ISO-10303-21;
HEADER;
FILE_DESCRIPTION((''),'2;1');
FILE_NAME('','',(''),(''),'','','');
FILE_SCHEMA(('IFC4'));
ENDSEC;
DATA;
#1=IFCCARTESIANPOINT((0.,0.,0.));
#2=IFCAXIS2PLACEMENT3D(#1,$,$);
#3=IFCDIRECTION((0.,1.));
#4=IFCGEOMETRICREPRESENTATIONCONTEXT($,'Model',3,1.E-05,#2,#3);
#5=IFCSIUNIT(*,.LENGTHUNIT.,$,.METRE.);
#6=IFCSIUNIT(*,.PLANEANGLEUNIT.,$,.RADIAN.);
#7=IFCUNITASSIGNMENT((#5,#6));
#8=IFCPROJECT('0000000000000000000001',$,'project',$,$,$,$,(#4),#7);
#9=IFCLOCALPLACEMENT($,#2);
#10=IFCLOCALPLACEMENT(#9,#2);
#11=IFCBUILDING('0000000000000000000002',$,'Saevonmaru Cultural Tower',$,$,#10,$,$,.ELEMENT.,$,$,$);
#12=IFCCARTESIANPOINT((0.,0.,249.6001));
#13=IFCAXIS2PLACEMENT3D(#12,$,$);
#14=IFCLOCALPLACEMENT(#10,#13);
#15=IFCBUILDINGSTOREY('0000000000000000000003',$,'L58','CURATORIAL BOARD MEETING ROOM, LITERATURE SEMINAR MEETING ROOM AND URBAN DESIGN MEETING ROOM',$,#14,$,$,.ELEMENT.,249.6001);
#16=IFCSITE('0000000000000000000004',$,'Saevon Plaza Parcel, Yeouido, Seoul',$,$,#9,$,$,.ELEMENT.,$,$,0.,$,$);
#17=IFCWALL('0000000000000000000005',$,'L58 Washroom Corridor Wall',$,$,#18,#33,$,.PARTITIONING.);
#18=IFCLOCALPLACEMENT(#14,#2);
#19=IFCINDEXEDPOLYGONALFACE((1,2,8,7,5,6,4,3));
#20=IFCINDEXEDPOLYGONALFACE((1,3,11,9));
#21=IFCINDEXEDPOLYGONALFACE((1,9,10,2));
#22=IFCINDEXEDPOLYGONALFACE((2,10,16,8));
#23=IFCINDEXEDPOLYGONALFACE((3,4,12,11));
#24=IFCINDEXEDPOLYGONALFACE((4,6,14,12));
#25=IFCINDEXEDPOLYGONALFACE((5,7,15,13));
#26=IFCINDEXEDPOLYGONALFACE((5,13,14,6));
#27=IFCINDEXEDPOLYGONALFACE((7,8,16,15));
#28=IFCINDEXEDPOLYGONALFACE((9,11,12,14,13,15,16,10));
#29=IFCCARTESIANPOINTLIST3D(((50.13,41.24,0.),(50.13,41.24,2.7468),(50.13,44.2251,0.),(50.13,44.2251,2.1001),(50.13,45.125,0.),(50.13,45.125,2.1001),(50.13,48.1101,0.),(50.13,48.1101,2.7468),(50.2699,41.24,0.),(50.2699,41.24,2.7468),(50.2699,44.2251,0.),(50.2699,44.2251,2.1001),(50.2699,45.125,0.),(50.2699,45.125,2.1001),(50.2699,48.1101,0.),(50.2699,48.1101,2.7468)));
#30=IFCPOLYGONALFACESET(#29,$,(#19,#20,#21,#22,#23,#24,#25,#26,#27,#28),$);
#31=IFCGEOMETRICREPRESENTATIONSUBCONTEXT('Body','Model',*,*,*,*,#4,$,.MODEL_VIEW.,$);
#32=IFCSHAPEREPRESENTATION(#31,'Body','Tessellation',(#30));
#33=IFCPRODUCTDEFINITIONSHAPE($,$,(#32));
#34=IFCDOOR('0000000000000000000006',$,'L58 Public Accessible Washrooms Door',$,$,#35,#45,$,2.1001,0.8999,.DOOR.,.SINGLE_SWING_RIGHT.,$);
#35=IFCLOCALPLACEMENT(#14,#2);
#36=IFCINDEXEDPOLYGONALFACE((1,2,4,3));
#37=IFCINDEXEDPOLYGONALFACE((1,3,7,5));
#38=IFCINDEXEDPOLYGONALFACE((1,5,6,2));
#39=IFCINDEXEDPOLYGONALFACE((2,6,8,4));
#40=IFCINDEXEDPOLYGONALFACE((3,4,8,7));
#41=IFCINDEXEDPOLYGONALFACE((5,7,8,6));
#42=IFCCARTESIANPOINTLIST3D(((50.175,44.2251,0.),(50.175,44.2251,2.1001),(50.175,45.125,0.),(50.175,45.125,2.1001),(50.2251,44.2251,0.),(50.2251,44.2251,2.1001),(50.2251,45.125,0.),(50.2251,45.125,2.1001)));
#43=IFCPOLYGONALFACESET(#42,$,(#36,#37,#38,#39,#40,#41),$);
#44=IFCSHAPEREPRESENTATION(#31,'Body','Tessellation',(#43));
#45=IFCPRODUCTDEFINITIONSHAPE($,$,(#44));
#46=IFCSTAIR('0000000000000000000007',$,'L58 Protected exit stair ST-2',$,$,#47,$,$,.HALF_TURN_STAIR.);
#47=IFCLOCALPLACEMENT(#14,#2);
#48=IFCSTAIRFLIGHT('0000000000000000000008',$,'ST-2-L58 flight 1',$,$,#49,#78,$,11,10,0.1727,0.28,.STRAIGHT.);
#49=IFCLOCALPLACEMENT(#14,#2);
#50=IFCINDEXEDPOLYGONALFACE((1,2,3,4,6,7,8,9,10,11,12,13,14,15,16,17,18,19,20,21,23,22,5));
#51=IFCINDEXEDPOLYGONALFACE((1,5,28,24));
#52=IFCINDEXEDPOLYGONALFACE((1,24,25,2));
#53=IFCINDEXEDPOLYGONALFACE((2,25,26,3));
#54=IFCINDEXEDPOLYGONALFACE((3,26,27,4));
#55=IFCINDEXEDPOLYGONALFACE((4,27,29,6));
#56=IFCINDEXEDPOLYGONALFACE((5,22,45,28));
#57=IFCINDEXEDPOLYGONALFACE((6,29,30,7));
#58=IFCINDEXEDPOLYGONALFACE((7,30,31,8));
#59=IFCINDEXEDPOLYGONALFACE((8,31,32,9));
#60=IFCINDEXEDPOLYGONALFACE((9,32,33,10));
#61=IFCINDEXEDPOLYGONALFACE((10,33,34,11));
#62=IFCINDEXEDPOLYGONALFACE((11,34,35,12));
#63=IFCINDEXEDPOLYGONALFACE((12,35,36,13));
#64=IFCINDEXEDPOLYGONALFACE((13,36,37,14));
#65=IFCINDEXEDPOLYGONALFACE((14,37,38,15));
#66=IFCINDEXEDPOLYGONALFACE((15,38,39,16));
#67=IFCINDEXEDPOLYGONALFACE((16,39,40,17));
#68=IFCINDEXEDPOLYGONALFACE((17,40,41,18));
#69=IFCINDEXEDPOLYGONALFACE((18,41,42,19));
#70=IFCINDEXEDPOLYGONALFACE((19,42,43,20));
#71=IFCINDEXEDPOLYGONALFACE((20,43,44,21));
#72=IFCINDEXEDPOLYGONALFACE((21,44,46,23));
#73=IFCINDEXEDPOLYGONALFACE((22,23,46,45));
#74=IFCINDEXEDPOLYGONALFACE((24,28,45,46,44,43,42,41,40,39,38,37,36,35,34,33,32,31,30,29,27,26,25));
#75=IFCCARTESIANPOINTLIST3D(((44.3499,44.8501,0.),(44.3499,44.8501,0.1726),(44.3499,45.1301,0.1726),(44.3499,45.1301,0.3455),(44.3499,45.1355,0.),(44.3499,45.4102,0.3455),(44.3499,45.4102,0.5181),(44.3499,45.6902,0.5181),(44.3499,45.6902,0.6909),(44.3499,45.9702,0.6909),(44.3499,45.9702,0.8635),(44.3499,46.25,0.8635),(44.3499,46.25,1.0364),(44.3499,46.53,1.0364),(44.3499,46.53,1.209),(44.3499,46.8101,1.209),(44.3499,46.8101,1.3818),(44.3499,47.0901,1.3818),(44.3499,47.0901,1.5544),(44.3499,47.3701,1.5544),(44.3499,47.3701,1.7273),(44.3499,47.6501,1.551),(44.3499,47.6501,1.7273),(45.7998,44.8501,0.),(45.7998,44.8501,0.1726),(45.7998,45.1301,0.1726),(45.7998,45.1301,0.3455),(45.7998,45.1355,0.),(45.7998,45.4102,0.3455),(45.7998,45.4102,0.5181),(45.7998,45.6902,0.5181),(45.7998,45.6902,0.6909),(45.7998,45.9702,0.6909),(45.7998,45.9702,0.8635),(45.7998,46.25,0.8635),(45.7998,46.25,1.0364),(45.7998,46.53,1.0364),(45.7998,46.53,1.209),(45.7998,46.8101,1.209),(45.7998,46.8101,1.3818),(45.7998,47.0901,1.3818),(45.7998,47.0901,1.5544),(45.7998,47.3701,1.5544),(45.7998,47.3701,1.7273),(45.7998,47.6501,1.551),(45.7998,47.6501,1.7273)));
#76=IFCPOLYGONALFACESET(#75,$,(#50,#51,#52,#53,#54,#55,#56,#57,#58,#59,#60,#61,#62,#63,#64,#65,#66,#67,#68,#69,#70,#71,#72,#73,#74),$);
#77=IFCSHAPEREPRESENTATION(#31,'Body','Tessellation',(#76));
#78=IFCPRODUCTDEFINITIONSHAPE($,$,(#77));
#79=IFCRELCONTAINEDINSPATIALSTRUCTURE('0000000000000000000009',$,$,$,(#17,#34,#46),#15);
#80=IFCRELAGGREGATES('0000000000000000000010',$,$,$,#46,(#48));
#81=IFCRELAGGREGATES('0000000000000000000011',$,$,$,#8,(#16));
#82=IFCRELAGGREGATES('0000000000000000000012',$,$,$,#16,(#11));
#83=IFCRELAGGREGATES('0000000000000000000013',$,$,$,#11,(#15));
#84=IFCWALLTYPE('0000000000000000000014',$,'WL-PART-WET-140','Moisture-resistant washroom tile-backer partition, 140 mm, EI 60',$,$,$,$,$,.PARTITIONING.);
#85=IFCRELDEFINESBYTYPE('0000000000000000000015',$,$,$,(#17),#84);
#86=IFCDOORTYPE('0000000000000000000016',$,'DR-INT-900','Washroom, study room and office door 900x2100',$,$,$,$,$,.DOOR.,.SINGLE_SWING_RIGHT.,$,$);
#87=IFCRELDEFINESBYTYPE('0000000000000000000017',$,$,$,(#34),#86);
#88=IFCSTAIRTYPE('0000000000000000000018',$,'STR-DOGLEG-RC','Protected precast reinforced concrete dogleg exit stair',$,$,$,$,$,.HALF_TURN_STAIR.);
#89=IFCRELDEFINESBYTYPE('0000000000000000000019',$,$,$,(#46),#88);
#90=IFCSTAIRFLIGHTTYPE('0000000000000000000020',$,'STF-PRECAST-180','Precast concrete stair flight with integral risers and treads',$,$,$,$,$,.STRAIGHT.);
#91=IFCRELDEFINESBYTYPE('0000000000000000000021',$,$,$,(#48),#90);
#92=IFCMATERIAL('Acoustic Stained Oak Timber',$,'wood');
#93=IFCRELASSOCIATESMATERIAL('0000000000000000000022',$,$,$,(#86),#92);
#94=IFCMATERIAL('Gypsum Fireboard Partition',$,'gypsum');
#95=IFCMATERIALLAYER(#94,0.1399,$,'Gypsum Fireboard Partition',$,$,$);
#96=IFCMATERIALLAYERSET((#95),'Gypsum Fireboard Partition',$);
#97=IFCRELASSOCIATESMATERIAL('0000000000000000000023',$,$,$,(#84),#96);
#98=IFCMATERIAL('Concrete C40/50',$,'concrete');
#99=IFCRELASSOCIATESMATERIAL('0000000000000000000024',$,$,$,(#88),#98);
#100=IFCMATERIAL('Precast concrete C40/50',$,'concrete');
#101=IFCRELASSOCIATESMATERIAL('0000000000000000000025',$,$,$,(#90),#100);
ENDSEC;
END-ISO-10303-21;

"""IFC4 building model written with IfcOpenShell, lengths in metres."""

from ifc_helpers import new_model, si_unit, direction, frame, frame_2d, origin, place, context, subcontext, project, spatial, polyline, rectangle, outline, extrude, material, layer, layer_set, type_object, element, fill, aggregate, save


model = new_model("IFC4")

# Units and contexts
model_context = context("Model", 3, precision=1e-05, world=origin(), true_north=direction((0.0, 1.0)))
body_context = subcontext(model_context, "Body", "Model", "MODEL_VIEW")
ifc_project = project(units=[si_unit("LENGTHUNIT", "METRE"), si_unit("PLANEANGLEUNIT", "RADIAN")], contexts=[model_context])

# Site, building, storey
site_placement = place(None, origin())
site = spatial("IfcSite", under=ifc_project, at=site_placement, Name="Saevon Plaza Parcel, Yeouido, Seoul", CompositionType="ELEMENT", RefElevation=0.0)
building_placement = place(site_placement, origin())
building = spatial("IfcBuilding", under=site, at=building_placement, Name="Saevonmaru Cultural Tower", CompositionType="ELEMENT")
storey_placement = place(building_placement, frame((0.0, 0.0, 249.6001)))
storey = spatial("IfcBuildingStorey", under=building, at=storey_placement, Name="L58", Description="CURATORIAL BOARD MEETING ROOM, LITERATURE SEMINAR MEETING ROOM AND URBAN DESIGN MEETING ROOM", CompositionType="ELEMENT", Elevation=249.6001)

# Shared definitions
ifc_material_1 = material(Name="Gypsum Fireboard Partition", Category="gypsum")
ifc_material_2 = material(Name="Acoustic Stained Oak Timber", Category="wood")
door_type_1 = type_object("IfcDoorType", Name="DR-INT-900", Description="Washroom, study room and office door 900x2100", OperationType="SINGLE_SWING_RIGHT", PredefinedType="DOOR", material=ifc_material_2)

# Shared definitions
ifc_layer_1 = layer(ifc_material_1, 0.1399, Name="Gypsum Fireboard Partition")
ifc_layer_set_1 = layer_set([ifc_layer_1], Name="Gypsum Fireboard Partition")
wall_type_1 = type_object("IfcWallType", Name="WL-PART-WET-140", Description="Moisture-resistant washroom tile-backer partition, 140 mm, EI 60", PredefinedType="PARTITIONING", material=ifc_layer_set_1)

# Wall, opening, door
wall_1_placement = place(storey_placement, frame((50.2, 41.24, 0.0), z_axis=(0.0, 0.0, 1.0), x_axis=(0.0, 1.0, 0.0)))
wall_1 = element("IfcWall", 1, at=wall_1_placement, inside=storey, type_object=wall_type_1, Name="L58 Washroom Corridor Wall", PredefinedType="PARTITIONING", context=body_context, shape_type="SweptSolid", body=[
    extrude(rectangle(XDim=6.8701, YDim=0.1399, at=frame_2d((3.4351, 0.0))), origin(), (0.0, 0.0, 1.0), 2.7468),
])
opening_1_placement = place(wall_1_placement, frame((2.9851, 0.0, 0.0)))
opening_1 = element("IfcOpeningElement", 2, at=opening_1_placement, cuts=wall_1, PredefinedType="OPENING", context=body_context, shape_type="SweptSolid", body=[
    extrude(rectangle(XDim=0.8999, YDim=2.1001, at=frame_2d((0.45, 1.05))), frame((0.0, 0.0801, 0.0), z_axis=(0.0, -1.0, 0.0), x_axis=(1.0, 0.0, 0.0)), (0.0, 0.0, 1.0), 0.1599),
])
door_1_placement = place(opening_1_placement, origin())
door_1 = element("IfcDoor", 3, at=door_1_placement, inside=storey, type_object=door_type_1, Name="L58 Public Accessible Washrooms Door", OperationType="SINGLE_SWING_RIGHT", OverallHeight=2.1001, OverallWidth=0.8999, PredefinedType="DOOR", context=body_context, shape_type="SweptSolid", body=[
    extrude(rectangle(XDim=0.8999, YDim=2.1001, at=frame_2d((0.45, 1.05))), frame((0.0, 0.0249, 0.0), z_axis=(0.0, -1.0, 0.0), x_axis=(1.0, 0.0, 0.0)), (0.0, 0.0, 1.0), 0.05),
])
fill(opening_1, door_1)

# Stair, stair flight
ifc_material_3 = material(Name="Concrete C40/50", Category="concrete")
stair_type = type_object("IfcStairType", Name="STR-DOGLEG-RC", Description="Protected precast reinforced concrete dogleg exit stair", PredefinedType="HALF_TURN_STAIR", material=ifc_material_3)
stair_placement = place(storey_placement, origin())
stair = element("IfcStair", 4, at=stair_placement, inside=storey, type_object=stair_type, Name="L58 Protected exit stair ST-2", PredefinedType="HALF_TURN_STAIR")
ifc_material_4 = material(Name="Precast concrete C40/50", Category="concrete")
stair_flight_type = type_object("IfcStairFlightType", Name="STF-PRECAST-180", Description="Precast concrete stair flight with integral risers and treads", PredefinedType="STRAIGHT", material=ifc_material_4)
stair_flight_placement = place(storey_placement, frame((45.075, 44.8501, 0.0), z_axis=(0.0, 0.0, 1.0), x_axis=(0.0, 1.0, 0.0)))
stair_flight = element("IfcStairFlight", 5, at=stair_flight_placement, type_object=stair_flight_type, Name="ST-2-L58 flight 1", NumberOfRisers=11, NumberOfTreads=10, PredefinedType="STRAIGHT", RiserHeight=0.1727, TreadLength=0.28, context=body_context, shape_type="SweptSolid", body=[
    extrude(outline(polyline([(0.0, 0.0), (0.0, 0.1726), (0.28, 0.1726), (0.28, 0.3455), (0.5601, 0.3455), (0.5601, 0.5181), (0.8401, 0.5181), (0.8401, 0.6909), (1.1201, 0.6909), (1.1201, 0.8635), (1.3999, 0.8635), (1.3999, 1.0364), (1.6799, 1.0364), (1.6799, 1.209), (1.96, 1.209), (1.96, 1.3818), (2.24, 1.3818), (2.24, 1.5544), (2.52, 1.5544), (2.52, 1.7273), (2.8, 1.7273), (2.8, 1.8999), (2.8, 1.551), (0.2854, 0.0), (0.0, 0.0)])), frame((0.0, 0.7251, 0.0), z_axis=(0.0, -1.0, 0.0), x_axis=(1.0, 0.0, 0.0)), (0.0, 0.0, 1.0), 1.45),
])
aggregate(stair, [stair_flight])

save(model, "model.ifc")
